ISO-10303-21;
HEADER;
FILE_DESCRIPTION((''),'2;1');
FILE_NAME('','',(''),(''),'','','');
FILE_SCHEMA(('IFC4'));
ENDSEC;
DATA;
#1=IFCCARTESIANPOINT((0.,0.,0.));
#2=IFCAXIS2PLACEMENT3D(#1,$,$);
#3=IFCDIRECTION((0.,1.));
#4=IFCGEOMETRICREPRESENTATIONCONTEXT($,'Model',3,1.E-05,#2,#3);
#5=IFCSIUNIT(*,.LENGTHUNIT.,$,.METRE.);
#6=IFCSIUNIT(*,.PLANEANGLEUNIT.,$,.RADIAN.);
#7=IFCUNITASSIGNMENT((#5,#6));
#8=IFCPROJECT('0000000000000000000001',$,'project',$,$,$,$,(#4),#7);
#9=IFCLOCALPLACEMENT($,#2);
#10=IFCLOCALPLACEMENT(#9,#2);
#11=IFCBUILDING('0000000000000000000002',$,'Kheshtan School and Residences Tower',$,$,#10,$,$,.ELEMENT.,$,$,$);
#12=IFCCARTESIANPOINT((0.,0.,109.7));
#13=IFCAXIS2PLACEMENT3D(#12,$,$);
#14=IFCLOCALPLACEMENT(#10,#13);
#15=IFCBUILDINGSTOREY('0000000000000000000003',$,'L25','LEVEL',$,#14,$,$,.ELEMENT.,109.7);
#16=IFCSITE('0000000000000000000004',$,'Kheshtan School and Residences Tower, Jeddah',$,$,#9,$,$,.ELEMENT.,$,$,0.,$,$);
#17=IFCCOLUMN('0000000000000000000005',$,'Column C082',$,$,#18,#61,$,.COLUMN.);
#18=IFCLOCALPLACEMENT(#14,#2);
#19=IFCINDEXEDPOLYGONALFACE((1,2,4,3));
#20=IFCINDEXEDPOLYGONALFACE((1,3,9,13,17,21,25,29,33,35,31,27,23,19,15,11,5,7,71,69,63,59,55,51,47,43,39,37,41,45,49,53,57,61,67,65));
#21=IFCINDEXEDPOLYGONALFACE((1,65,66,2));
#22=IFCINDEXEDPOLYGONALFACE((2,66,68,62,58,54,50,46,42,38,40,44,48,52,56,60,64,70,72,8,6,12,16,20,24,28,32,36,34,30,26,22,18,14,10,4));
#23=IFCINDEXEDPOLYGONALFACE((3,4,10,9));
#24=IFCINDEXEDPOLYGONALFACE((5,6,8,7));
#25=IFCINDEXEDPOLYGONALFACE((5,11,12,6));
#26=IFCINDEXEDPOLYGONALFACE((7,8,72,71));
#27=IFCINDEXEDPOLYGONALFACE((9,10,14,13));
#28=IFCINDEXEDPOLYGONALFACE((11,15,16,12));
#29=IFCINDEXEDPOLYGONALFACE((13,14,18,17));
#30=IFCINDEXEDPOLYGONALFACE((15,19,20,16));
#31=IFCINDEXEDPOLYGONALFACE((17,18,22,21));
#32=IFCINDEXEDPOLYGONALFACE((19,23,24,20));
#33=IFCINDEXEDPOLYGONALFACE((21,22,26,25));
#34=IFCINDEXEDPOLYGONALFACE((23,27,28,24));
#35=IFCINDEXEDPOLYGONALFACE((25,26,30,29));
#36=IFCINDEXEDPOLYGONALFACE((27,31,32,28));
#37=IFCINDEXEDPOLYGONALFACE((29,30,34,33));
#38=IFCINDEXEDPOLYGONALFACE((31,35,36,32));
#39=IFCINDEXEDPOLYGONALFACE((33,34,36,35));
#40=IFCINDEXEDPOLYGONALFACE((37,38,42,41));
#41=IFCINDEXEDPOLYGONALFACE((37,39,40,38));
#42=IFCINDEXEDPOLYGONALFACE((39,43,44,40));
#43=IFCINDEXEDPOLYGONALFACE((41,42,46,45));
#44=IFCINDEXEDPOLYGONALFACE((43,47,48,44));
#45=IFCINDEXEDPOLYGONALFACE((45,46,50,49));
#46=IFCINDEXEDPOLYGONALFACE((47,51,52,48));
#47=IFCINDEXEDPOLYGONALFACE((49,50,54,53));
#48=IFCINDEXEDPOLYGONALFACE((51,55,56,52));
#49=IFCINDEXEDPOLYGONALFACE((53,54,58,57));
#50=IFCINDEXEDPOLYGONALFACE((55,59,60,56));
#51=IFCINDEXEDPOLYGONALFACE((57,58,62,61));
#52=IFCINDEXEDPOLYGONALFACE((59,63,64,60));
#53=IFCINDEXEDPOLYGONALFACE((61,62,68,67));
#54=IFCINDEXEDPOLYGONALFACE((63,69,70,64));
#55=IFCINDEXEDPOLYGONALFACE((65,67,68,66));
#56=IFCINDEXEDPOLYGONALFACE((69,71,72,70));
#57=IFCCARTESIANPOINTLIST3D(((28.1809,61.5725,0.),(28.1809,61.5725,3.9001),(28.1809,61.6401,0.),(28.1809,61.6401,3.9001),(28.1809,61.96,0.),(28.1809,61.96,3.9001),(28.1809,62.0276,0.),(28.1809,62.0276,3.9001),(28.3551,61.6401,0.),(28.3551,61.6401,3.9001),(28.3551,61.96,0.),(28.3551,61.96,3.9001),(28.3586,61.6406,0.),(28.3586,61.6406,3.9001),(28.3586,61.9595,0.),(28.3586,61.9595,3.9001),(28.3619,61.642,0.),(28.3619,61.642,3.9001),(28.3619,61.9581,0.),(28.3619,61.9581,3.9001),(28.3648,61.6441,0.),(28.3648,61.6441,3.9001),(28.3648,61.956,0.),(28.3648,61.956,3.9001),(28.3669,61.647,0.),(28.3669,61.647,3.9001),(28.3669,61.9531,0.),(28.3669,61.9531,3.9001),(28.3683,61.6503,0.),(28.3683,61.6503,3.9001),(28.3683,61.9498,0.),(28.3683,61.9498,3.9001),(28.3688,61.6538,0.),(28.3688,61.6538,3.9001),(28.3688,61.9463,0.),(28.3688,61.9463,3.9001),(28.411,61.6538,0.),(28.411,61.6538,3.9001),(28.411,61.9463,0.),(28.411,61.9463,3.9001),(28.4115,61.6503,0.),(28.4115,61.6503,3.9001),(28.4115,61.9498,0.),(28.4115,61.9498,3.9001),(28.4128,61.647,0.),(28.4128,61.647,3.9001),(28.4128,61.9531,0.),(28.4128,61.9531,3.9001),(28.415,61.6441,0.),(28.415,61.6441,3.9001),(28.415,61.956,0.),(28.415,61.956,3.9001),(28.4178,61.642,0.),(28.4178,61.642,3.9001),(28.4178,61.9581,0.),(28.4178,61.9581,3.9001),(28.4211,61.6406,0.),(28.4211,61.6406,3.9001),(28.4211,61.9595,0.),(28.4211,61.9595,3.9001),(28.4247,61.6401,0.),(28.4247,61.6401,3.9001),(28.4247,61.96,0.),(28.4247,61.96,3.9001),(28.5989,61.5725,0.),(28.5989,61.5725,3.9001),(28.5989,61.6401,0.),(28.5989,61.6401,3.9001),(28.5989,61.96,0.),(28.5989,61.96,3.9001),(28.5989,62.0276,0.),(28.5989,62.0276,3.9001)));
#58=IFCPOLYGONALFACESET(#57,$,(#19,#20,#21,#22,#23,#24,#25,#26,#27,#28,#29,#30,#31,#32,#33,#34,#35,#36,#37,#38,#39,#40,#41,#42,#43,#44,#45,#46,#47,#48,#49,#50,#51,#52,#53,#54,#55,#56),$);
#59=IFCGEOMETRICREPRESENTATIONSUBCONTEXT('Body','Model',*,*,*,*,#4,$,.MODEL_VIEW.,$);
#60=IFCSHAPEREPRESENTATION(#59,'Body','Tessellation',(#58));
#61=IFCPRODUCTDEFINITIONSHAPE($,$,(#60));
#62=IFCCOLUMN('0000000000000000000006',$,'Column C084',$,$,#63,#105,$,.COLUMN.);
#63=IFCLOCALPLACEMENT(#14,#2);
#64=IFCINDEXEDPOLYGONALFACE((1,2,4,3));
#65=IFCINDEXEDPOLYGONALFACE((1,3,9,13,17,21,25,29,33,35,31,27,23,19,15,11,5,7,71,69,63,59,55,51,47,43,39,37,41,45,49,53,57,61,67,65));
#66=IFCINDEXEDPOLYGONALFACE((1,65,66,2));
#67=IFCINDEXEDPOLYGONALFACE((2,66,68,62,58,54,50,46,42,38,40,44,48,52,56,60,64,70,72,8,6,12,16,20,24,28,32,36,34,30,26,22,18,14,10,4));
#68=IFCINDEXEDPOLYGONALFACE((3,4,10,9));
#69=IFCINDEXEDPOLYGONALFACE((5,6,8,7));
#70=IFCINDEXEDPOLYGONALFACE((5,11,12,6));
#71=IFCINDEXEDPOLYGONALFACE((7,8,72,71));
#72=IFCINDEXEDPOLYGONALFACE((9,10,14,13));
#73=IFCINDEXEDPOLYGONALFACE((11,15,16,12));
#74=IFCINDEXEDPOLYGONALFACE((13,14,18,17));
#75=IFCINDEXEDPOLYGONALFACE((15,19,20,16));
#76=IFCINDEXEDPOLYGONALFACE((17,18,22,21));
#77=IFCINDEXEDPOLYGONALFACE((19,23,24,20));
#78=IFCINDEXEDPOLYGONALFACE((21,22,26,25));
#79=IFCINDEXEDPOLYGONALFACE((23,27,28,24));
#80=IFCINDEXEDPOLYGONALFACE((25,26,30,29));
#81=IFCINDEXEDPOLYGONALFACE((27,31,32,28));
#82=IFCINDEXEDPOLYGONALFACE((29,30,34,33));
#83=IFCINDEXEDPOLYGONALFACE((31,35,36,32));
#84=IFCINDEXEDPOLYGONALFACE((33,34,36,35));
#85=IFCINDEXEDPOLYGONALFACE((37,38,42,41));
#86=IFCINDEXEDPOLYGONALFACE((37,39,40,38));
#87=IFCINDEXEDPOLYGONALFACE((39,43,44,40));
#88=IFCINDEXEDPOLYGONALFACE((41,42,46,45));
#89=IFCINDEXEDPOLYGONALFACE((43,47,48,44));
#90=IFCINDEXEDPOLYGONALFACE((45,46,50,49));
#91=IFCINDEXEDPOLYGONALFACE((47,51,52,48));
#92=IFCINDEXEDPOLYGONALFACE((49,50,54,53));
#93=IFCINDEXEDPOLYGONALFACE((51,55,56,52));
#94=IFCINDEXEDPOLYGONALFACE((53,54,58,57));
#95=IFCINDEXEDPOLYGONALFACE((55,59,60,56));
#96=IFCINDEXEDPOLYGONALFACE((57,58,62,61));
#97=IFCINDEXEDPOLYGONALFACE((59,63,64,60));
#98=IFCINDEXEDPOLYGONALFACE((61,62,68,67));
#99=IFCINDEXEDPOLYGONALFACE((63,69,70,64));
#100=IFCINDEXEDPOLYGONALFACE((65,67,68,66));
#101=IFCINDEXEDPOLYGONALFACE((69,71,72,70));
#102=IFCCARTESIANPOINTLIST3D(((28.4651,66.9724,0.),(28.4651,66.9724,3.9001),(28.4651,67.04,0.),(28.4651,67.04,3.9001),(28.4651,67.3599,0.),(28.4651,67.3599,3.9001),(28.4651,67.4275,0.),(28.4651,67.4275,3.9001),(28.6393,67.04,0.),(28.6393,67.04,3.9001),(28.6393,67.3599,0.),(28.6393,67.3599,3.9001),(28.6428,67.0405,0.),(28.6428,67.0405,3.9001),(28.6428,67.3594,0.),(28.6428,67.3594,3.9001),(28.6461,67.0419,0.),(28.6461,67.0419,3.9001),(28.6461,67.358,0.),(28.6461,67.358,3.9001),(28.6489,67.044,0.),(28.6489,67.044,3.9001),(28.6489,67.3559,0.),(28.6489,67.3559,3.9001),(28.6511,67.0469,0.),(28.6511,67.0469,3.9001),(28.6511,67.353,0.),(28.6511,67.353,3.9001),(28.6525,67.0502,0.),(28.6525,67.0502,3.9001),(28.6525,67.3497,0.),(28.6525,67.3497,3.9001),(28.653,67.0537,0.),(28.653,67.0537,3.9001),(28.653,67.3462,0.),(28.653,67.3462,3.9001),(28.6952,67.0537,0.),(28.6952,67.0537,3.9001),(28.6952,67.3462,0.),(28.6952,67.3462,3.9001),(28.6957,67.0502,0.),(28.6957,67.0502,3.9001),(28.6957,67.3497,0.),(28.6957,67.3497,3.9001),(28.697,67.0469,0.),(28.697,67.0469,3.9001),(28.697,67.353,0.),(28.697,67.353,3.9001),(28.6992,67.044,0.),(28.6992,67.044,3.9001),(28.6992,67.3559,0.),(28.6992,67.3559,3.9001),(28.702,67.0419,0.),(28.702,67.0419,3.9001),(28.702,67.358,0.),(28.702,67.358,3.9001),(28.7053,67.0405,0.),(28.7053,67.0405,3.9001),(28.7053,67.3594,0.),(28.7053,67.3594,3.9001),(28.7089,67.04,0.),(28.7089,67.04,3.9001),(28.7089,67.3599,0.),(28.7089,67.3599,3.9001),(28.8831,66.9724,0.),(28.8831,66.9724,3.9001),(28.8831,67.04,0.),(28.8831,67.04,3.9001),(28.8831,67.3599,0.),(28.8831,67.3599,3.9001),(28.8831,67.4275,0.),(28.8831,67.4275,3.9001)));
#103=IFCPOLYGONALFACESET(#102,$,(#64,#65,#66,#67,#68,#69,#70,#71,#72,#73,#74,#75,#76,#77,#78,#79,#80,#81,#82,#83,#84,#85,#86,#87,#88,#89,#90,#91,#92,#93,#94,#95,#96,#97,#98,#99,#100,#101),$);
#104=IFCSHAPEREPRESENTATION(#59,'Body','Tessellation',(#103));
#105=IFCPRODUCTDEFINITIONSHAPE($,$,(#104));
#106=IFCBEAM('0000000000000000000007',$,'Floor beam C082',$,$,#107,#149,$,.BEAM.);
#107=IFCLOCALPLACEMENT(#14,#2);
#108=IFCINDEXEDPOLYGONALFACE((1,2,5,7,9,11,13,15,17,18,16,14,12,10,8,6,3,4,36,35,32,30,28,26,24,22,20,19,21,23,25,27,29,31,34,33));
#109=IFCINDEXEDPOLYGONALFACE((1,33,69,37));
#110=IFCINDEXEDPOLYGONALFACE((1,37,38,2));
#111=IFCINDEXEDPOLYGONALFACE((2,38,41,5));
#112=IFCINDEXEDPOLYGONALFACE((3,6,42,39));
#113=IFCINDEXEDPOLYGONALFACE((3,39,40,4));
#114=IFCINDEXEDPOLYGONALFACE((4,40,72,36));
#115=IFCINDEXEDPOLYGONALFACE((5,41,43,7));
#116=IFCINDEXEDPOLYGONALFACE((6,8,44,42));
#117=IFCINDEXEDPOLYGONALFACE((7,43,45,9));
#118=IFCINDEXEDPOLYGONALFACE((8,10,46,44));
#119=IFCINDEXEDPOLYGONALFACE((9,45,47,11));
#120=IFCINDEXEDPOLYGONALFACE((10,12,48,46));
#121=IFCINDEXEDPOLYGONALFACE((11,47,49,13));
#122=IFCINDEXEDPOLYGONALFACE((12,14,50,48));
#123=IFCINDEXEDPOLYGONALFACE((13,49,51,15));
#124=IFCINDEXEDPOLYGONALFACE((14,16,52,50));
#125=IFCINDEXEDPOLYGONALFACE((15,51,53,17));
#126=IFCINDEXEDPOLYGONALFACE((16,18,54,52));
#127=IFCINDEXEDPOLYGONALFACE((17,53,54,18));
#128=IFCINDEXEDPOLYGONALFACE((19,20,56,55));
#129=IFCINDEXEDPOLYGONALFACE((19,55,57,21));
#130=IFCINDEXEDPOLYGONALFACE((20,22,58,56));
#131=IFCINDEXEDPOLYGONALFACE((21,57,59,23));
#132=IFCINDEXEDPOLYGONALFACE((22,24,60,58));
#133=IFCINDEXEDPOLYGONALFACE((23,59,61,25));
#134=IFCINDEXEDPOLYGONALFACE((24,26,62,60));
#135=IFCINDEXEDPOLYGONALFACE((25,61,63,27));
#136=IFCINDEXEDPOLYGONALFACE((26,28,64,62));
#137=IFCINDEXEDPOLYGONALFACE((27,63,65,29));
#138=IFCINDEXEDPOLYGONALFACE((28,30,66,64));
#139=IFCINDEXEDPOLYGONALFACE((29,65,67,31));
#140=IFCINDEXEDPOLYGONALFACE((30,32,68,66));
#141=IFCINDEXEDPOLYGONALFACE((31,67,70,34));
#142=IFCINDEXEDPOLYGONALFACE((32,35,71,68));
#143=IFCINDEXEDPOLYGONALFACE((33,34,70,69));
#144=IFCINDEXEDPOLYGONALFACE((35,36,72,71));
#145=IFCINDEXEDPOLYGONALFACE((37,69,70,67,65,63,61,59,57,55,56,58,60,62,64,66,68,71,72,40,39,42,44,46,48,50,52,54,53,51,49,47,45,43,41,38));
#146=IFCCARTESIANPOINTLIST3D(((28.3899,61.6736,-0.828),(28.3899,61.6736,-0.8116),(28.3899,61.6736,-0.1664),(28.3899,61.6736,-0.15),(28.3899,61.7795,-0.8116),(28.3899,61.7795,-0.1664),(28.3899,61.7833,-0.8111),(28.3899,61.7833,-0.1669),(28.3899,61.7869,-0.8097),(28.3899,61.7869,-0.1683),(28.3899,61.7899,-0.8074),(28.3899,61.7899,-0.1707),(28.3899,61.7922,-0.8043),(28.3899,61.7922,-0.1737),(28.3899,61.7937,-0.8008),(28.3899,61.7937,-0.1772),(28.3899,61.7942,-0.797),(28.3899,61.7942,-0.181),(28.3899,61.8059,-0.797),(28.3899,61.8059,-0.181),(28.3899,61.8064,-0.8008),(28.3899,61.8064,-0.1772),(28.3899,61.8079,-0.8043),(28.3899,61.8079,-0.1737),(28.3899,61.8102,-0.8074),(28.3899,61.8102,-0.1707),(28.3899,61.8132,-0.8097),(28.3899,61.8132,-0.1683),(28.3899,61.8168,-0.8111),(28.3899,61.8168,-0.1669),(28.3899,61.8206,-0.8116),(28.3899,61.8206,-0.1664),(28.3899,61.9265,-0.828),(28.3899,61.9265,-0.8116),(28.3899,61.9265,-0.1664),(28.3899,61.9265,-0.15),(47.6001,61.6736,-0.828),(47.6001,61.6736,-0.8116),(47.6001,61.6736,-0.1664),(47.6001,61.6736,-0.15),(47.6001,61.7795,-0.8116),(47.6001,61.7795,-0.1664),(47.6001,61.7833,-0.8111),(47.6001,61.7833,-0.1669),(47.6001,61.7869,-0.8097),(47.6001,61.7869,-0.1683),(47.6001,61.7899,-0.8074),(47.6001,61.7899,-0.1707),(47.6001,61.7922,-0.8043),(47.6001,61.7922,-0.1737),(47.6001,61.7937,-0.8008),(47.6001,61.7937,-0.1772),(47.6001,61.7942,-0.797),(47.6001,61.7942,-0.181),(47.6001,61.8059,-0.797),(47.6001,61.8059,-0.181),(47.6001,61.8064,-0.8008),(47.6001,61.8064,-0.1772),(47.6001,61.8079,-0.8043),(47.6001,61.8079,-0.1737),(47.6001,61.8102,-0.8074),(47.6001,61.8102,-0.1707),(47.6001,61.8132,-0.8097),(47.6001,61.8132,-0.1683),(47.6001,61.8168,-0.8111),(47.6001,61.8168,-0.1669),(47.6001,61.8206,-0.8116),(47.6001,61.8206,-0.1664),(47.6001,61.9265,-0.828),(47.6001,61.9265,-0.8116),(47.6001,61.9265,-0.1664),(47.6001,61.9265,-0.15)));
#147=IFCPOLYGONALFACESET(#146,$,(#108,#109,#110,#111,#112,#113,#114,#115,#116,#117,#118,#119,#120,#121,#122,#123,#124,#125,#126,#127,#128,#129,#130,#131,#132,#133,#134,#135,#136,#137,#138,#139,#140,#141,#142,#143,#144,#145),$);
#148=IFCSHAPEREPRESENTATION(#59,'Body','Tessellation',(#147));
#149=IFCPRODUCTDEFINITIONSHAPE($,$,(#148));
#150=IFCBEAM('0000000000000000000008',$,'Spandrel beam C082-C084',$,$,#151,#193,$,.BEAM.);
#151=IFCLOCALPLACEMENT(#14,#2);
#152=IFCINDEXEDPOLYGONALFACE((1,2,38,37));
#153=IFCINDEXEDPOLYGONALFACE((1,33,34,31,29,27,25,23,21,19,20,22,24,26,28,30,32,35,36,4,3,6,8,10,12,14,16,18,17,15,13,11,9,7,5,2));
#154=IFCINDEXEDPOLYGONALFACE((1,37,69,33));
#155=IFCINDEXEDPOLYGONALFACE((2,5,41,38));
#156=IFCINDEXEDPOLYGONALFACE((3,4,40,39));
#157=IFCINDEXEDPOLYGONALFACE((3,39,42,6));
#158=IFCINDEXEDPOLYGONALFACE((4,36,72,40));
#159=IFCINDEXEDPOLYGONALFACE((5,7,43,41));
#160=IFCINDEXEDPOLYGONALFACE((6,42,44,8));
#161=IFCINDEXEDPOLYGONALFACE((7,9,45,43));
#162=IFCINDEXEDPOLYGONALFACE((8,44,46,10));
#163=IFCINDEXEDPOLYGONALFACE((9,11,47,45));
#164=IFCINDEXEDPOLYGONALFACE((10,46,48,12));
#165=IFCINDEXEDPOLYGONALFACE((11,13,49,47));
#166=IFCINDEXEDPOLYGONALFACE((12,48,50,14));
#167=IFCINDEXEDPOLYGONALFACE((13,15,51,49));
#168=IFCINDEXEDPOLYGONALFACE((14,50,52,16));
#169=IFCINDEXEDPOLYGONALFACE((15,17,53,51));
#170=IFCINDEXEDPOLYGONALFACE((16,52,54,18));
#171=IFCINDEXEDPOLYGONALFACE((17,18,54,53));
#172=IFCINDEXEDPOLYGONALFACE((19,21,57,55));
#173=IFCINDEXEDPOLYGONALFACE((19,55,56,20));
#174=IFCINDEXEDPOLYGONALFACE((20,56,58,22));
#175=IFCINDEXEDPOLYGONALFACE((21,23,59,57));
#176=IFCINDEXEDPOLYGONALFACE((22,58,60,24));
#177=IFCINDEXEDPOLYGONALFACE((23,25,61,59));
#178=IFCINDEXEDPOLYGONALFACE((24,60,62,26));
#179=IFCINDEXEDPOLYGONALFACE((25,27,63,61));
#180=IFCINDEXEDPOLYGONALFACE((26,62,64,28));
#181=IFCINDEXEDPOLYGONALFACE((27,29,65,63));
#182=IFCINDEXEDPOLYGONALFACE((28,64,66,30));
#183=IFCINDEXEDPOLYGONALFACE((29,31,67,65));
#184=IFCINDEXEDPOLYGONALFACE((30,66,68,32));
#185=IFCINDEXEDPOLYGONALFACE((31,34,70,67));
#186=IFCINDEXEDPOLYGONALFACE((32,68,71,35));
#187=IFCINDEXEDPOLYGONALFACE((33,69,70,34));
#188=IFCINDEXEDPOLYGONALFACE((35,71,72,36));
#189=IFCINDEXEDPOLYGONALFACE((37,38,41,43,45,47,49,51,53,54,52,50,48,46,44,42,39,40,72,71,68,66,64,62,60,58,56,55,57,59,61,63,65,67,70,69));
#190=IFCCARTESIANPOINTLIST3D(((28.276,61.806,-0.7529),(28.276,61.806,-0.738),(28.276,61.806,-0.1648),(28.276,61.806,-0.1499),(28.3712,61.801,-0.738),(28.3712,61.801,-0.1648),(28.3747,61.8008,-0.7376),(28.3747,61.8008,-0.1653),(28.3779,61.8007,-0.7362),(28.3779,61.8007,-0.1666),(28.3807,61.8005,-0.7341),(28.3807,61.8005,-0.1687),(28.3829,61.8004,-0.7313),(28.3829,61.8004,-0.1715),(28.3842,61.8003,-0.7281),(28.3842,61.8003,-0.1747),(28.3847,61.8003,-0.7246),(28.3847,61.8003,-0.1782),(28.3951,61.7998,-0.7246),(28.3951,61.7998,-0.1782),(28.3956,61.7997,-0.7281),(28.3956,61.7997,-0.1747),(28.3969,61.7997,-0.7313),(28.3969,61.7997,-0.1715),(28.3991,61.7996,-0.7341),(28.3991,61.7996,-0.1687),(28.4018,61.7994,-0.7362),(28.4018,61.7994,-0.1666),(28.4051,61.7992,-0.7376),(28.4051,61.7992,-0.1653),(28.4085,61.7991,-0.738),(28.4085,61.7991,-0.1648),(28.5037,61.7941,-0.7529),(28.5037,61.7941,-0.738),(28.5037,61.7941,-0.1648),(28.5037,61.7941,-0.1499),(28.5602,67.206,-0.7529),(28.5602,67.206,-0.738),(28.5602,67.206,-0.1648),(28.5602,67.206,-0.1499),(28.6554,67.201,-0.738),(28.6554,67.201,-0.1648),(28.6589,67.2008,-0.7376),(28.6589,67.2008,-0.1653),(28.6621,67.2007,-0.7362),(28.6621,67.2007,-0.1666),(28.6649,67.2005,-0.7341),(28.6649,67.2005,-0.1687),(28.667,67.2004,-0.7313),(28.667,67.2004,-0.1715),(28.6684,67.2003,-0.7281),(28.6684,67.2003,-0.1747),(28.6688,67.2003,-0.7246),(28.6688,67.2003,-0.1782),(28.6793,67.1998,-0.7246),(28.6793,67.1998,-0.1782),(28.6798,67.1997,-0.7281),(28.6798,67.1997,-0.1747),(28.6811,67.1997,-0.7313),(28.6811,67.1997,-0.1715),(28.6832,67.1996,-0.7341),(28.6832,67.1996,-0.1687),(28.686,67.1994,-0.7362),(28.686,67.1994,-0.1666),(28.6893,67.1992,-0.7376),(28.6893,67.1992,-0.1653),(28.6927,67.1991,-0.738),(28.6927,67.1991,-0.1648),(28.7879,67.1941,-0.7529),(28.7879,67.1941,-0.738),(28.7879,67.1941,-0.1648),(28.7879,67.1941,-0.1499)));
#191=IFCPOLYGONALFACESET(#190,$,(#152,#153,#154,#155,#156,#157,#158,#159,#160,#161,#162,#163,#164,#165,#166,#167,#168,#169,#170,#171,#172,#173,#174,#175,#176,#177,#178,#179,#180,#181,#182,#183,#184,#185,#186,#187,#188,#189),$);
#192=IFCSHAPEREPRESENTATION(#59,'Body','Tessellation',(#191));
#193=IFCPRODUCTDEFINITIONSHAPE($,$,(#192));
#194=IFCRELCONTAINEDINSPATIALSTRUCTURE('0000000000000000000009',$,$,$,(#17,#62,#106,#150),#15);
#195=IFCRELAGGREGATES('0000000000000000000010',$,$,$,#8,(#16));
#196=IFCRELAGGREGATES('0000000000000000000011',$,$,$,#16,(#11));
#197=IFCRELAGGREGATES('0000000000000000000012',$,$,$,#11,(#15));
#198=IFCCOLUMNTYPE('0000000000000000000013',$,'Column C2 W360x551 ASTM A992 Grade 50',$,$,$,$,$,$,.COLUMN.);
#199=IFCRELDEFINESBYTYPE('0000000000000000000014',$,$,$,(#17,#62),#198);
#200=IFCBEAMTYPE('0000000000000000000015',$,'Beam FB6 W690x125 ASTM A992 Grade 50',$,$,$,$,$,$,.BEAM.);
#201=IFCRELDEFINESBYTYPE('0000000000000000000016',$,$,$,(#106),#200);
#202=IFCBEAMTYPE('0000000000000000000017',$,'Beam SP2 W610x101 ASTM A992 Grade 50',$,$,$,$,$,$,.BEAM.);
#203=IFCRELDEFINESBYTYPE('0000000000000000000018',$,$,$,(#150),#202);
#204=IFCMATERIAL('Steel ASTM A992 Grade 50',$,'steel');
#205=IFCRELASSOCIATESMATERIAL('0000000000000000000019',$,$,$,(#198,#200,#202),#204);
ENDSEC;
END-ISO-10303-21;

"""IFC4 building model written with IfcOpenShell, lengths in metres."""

from ifc_helpers import new_model, si_unit, direction, frame, origin, origin_2d, place, context, subcontext, project, spatial, i_section, extrude, material, material_profile, profile_set, type_object, element, save


model = new_model("IFC4")

# Units and contexts
model_context = context("Model", 3, precision=1e-05, world=origin(), true_north=direction((0.0, 1.0)))
body_context = subcontext(model_context, "Body", "Model", "MODEL_VIEW")
ifc_project = project(units=[si_unit("LENGTHUNIT", "METRE"), si_unit("PLANEANGLEUNIT", "RADIAN")], contexts=[model_context])

# Site, building, storey
site_placement = place(None, origin())
site = spatial("IfcSite", under=ifc_project, at=site_placement, Name="Kheshtan School and Residences Tower, Jeddah", CompositionType="ELEMENT", RefElevation=0.0)
building_placement = place(site_placement, origin())
building = spatial("IfcBuilding", under=site, at=building_placement, Name="Kheshtan School and Residences Tower", CompositionType="ELEMENT")
storey_placement = place(building_placement, frame((0.0, 0.0, 109.7)))
storey = spatial("IfcBuildingStorey", under=building, at=storey_placement, Name="L25", Description="LEVEL", CompositionType="ELEMENT", Elevation=109.7)

# Columns
ifc_material_1 = material(Name="Steel ASTM A992 Grade 50", Category="steel")
ifc_material_profile_1 = material_profile(ifc_material_1, i_section(OverallWidth=0.418, OverallDepth=0.4551, WebThickness=0.0422, FlangeThickness=0.0676, FilletRadius=0.0137, at=origin_2d()), Name="W360x551")
ifc_profile_set_1 = profile_set([ifc_material_profile_1], Name="Steel ASTM A992 Grade 50")
column_type = type_object("IfcColumnType", Name="Column C2 W360x551 ASTM A992 Grade 50", PredefinedType="COLUMN", material=ifc_profile_set_1)
for number, where, z_axis, x_axis, name in (
    (1, (28.3899, 61.8, 0.0), (0.0, 0.0, 1.0), (1.0, 0.0, 0.0), "Column C082"),
    (2, (28.6741, 67.2, 0.0), (0.0, 0.0, 1.0), (1.0, 0.0, 0.0), "Column C084"),
):
    element("IfcColumn", number, at=place(storey_placement, frame(where, z_axis=z_axis, x_axis=x_axis)), inside=storey, type_object=column_type, Name=name, PredefinedType="COLUMN", context=body_context, shape_type="SweptSolid", body=[
        extrude(i_section(OverallWidth=0.418, OverallDepth=0.4551, WebThickness=0.0422, FlangeThickness=0.0676, FilletRadius=0.0137, at=origin_2d()), origin(), (0.0, 0.0, 1.0), 3.9001),
    ])

# Beams
ifc_material_profile_2 = material_profile(ifc_material_1, i_section(OverallWidth=0.2529, OverallDepth=0.678, WebThickness=0.0117, FlangeThickness=0.0164, FilletRadius=0.0146, at=origin_2d()), Name="W690x125")
ifc_profile_set_2 = profile_set([ifc_material_profile_2], Name="Steel ASTM A992 Grade 50")
beam_type_1 = type_object("IfcBeamType", Name="Beam FB6 W690x125 ASTM A992 Grade 50", PredefinedType="BEAM", material=ifc_profile_set_2)
beam_1_placement = place(storey_placement, frame((28.3899, 61.8, -0.489), z_axis=(1.0, 0.0, 0.0), x_axis=(0.0, 1.0, 0.0)))
element("IfcBeam", 3, at=beam_1_placement, inside=storey, type_object=beam_type_1, Name="Floor beam C082", PredefinedType="BEAM", context=body_context, shape_type="SweptSolid", body=[
    extrude(i_section(OverallWidth=0.2529, OverallDepth=0.678, WebThickness=0.0117, FlangeThickness=0.0164, FilletRadius=0.0146, at=origin_2d()), origin(), (0.0, 0.0, 1.0), 19.2102),
])
ifc_material_profile_3 = material_profile(ifc_material_1, i_section(OverallWidth=0.228, OverallDepth=0.603, WebThickness=0.0105, FlangeThickness=0.0149, FilletRadius=0.0134, at=origin_2d()), Name="W610x101")
ifc_profile_set_3 = profile_set([ifc_material_profile_3], Name="Steel ASTM A992 Grade 50")
beam_type_2 = type_object("IfcBeamType", Name="Beam SP2 W610x101 ASTM A992 Grade 50", PredefinedType="BEAM", material=ifc_profile_set_3)
beam_2_placement = place(storey_placement, frame((28.3899, 61.8, -0.4514), z_axis=(0.052554, 0.998618, 0.0), x_axis=(-0.998618, 0.052554, 0.0)))
element("IfcBeam", 4, at=beam_2_placement, inside=storey, type_object=beam_type_2, Name="Spandrel beam C082-C084", PredefinedType="BEAM", context=body_context, shape_type="SweptSolid", body=[
    extrude(i_section(OverallWidth=0.228, OverallDepth=0.603, WebThickness=0.0105, FlangeThickness=0.0149, FilletRadius=0.0134, at=origin_2d()), origin(), (0.0, 0.0, 1.0), 5.4075),
])

save(model, "model.ifc")
